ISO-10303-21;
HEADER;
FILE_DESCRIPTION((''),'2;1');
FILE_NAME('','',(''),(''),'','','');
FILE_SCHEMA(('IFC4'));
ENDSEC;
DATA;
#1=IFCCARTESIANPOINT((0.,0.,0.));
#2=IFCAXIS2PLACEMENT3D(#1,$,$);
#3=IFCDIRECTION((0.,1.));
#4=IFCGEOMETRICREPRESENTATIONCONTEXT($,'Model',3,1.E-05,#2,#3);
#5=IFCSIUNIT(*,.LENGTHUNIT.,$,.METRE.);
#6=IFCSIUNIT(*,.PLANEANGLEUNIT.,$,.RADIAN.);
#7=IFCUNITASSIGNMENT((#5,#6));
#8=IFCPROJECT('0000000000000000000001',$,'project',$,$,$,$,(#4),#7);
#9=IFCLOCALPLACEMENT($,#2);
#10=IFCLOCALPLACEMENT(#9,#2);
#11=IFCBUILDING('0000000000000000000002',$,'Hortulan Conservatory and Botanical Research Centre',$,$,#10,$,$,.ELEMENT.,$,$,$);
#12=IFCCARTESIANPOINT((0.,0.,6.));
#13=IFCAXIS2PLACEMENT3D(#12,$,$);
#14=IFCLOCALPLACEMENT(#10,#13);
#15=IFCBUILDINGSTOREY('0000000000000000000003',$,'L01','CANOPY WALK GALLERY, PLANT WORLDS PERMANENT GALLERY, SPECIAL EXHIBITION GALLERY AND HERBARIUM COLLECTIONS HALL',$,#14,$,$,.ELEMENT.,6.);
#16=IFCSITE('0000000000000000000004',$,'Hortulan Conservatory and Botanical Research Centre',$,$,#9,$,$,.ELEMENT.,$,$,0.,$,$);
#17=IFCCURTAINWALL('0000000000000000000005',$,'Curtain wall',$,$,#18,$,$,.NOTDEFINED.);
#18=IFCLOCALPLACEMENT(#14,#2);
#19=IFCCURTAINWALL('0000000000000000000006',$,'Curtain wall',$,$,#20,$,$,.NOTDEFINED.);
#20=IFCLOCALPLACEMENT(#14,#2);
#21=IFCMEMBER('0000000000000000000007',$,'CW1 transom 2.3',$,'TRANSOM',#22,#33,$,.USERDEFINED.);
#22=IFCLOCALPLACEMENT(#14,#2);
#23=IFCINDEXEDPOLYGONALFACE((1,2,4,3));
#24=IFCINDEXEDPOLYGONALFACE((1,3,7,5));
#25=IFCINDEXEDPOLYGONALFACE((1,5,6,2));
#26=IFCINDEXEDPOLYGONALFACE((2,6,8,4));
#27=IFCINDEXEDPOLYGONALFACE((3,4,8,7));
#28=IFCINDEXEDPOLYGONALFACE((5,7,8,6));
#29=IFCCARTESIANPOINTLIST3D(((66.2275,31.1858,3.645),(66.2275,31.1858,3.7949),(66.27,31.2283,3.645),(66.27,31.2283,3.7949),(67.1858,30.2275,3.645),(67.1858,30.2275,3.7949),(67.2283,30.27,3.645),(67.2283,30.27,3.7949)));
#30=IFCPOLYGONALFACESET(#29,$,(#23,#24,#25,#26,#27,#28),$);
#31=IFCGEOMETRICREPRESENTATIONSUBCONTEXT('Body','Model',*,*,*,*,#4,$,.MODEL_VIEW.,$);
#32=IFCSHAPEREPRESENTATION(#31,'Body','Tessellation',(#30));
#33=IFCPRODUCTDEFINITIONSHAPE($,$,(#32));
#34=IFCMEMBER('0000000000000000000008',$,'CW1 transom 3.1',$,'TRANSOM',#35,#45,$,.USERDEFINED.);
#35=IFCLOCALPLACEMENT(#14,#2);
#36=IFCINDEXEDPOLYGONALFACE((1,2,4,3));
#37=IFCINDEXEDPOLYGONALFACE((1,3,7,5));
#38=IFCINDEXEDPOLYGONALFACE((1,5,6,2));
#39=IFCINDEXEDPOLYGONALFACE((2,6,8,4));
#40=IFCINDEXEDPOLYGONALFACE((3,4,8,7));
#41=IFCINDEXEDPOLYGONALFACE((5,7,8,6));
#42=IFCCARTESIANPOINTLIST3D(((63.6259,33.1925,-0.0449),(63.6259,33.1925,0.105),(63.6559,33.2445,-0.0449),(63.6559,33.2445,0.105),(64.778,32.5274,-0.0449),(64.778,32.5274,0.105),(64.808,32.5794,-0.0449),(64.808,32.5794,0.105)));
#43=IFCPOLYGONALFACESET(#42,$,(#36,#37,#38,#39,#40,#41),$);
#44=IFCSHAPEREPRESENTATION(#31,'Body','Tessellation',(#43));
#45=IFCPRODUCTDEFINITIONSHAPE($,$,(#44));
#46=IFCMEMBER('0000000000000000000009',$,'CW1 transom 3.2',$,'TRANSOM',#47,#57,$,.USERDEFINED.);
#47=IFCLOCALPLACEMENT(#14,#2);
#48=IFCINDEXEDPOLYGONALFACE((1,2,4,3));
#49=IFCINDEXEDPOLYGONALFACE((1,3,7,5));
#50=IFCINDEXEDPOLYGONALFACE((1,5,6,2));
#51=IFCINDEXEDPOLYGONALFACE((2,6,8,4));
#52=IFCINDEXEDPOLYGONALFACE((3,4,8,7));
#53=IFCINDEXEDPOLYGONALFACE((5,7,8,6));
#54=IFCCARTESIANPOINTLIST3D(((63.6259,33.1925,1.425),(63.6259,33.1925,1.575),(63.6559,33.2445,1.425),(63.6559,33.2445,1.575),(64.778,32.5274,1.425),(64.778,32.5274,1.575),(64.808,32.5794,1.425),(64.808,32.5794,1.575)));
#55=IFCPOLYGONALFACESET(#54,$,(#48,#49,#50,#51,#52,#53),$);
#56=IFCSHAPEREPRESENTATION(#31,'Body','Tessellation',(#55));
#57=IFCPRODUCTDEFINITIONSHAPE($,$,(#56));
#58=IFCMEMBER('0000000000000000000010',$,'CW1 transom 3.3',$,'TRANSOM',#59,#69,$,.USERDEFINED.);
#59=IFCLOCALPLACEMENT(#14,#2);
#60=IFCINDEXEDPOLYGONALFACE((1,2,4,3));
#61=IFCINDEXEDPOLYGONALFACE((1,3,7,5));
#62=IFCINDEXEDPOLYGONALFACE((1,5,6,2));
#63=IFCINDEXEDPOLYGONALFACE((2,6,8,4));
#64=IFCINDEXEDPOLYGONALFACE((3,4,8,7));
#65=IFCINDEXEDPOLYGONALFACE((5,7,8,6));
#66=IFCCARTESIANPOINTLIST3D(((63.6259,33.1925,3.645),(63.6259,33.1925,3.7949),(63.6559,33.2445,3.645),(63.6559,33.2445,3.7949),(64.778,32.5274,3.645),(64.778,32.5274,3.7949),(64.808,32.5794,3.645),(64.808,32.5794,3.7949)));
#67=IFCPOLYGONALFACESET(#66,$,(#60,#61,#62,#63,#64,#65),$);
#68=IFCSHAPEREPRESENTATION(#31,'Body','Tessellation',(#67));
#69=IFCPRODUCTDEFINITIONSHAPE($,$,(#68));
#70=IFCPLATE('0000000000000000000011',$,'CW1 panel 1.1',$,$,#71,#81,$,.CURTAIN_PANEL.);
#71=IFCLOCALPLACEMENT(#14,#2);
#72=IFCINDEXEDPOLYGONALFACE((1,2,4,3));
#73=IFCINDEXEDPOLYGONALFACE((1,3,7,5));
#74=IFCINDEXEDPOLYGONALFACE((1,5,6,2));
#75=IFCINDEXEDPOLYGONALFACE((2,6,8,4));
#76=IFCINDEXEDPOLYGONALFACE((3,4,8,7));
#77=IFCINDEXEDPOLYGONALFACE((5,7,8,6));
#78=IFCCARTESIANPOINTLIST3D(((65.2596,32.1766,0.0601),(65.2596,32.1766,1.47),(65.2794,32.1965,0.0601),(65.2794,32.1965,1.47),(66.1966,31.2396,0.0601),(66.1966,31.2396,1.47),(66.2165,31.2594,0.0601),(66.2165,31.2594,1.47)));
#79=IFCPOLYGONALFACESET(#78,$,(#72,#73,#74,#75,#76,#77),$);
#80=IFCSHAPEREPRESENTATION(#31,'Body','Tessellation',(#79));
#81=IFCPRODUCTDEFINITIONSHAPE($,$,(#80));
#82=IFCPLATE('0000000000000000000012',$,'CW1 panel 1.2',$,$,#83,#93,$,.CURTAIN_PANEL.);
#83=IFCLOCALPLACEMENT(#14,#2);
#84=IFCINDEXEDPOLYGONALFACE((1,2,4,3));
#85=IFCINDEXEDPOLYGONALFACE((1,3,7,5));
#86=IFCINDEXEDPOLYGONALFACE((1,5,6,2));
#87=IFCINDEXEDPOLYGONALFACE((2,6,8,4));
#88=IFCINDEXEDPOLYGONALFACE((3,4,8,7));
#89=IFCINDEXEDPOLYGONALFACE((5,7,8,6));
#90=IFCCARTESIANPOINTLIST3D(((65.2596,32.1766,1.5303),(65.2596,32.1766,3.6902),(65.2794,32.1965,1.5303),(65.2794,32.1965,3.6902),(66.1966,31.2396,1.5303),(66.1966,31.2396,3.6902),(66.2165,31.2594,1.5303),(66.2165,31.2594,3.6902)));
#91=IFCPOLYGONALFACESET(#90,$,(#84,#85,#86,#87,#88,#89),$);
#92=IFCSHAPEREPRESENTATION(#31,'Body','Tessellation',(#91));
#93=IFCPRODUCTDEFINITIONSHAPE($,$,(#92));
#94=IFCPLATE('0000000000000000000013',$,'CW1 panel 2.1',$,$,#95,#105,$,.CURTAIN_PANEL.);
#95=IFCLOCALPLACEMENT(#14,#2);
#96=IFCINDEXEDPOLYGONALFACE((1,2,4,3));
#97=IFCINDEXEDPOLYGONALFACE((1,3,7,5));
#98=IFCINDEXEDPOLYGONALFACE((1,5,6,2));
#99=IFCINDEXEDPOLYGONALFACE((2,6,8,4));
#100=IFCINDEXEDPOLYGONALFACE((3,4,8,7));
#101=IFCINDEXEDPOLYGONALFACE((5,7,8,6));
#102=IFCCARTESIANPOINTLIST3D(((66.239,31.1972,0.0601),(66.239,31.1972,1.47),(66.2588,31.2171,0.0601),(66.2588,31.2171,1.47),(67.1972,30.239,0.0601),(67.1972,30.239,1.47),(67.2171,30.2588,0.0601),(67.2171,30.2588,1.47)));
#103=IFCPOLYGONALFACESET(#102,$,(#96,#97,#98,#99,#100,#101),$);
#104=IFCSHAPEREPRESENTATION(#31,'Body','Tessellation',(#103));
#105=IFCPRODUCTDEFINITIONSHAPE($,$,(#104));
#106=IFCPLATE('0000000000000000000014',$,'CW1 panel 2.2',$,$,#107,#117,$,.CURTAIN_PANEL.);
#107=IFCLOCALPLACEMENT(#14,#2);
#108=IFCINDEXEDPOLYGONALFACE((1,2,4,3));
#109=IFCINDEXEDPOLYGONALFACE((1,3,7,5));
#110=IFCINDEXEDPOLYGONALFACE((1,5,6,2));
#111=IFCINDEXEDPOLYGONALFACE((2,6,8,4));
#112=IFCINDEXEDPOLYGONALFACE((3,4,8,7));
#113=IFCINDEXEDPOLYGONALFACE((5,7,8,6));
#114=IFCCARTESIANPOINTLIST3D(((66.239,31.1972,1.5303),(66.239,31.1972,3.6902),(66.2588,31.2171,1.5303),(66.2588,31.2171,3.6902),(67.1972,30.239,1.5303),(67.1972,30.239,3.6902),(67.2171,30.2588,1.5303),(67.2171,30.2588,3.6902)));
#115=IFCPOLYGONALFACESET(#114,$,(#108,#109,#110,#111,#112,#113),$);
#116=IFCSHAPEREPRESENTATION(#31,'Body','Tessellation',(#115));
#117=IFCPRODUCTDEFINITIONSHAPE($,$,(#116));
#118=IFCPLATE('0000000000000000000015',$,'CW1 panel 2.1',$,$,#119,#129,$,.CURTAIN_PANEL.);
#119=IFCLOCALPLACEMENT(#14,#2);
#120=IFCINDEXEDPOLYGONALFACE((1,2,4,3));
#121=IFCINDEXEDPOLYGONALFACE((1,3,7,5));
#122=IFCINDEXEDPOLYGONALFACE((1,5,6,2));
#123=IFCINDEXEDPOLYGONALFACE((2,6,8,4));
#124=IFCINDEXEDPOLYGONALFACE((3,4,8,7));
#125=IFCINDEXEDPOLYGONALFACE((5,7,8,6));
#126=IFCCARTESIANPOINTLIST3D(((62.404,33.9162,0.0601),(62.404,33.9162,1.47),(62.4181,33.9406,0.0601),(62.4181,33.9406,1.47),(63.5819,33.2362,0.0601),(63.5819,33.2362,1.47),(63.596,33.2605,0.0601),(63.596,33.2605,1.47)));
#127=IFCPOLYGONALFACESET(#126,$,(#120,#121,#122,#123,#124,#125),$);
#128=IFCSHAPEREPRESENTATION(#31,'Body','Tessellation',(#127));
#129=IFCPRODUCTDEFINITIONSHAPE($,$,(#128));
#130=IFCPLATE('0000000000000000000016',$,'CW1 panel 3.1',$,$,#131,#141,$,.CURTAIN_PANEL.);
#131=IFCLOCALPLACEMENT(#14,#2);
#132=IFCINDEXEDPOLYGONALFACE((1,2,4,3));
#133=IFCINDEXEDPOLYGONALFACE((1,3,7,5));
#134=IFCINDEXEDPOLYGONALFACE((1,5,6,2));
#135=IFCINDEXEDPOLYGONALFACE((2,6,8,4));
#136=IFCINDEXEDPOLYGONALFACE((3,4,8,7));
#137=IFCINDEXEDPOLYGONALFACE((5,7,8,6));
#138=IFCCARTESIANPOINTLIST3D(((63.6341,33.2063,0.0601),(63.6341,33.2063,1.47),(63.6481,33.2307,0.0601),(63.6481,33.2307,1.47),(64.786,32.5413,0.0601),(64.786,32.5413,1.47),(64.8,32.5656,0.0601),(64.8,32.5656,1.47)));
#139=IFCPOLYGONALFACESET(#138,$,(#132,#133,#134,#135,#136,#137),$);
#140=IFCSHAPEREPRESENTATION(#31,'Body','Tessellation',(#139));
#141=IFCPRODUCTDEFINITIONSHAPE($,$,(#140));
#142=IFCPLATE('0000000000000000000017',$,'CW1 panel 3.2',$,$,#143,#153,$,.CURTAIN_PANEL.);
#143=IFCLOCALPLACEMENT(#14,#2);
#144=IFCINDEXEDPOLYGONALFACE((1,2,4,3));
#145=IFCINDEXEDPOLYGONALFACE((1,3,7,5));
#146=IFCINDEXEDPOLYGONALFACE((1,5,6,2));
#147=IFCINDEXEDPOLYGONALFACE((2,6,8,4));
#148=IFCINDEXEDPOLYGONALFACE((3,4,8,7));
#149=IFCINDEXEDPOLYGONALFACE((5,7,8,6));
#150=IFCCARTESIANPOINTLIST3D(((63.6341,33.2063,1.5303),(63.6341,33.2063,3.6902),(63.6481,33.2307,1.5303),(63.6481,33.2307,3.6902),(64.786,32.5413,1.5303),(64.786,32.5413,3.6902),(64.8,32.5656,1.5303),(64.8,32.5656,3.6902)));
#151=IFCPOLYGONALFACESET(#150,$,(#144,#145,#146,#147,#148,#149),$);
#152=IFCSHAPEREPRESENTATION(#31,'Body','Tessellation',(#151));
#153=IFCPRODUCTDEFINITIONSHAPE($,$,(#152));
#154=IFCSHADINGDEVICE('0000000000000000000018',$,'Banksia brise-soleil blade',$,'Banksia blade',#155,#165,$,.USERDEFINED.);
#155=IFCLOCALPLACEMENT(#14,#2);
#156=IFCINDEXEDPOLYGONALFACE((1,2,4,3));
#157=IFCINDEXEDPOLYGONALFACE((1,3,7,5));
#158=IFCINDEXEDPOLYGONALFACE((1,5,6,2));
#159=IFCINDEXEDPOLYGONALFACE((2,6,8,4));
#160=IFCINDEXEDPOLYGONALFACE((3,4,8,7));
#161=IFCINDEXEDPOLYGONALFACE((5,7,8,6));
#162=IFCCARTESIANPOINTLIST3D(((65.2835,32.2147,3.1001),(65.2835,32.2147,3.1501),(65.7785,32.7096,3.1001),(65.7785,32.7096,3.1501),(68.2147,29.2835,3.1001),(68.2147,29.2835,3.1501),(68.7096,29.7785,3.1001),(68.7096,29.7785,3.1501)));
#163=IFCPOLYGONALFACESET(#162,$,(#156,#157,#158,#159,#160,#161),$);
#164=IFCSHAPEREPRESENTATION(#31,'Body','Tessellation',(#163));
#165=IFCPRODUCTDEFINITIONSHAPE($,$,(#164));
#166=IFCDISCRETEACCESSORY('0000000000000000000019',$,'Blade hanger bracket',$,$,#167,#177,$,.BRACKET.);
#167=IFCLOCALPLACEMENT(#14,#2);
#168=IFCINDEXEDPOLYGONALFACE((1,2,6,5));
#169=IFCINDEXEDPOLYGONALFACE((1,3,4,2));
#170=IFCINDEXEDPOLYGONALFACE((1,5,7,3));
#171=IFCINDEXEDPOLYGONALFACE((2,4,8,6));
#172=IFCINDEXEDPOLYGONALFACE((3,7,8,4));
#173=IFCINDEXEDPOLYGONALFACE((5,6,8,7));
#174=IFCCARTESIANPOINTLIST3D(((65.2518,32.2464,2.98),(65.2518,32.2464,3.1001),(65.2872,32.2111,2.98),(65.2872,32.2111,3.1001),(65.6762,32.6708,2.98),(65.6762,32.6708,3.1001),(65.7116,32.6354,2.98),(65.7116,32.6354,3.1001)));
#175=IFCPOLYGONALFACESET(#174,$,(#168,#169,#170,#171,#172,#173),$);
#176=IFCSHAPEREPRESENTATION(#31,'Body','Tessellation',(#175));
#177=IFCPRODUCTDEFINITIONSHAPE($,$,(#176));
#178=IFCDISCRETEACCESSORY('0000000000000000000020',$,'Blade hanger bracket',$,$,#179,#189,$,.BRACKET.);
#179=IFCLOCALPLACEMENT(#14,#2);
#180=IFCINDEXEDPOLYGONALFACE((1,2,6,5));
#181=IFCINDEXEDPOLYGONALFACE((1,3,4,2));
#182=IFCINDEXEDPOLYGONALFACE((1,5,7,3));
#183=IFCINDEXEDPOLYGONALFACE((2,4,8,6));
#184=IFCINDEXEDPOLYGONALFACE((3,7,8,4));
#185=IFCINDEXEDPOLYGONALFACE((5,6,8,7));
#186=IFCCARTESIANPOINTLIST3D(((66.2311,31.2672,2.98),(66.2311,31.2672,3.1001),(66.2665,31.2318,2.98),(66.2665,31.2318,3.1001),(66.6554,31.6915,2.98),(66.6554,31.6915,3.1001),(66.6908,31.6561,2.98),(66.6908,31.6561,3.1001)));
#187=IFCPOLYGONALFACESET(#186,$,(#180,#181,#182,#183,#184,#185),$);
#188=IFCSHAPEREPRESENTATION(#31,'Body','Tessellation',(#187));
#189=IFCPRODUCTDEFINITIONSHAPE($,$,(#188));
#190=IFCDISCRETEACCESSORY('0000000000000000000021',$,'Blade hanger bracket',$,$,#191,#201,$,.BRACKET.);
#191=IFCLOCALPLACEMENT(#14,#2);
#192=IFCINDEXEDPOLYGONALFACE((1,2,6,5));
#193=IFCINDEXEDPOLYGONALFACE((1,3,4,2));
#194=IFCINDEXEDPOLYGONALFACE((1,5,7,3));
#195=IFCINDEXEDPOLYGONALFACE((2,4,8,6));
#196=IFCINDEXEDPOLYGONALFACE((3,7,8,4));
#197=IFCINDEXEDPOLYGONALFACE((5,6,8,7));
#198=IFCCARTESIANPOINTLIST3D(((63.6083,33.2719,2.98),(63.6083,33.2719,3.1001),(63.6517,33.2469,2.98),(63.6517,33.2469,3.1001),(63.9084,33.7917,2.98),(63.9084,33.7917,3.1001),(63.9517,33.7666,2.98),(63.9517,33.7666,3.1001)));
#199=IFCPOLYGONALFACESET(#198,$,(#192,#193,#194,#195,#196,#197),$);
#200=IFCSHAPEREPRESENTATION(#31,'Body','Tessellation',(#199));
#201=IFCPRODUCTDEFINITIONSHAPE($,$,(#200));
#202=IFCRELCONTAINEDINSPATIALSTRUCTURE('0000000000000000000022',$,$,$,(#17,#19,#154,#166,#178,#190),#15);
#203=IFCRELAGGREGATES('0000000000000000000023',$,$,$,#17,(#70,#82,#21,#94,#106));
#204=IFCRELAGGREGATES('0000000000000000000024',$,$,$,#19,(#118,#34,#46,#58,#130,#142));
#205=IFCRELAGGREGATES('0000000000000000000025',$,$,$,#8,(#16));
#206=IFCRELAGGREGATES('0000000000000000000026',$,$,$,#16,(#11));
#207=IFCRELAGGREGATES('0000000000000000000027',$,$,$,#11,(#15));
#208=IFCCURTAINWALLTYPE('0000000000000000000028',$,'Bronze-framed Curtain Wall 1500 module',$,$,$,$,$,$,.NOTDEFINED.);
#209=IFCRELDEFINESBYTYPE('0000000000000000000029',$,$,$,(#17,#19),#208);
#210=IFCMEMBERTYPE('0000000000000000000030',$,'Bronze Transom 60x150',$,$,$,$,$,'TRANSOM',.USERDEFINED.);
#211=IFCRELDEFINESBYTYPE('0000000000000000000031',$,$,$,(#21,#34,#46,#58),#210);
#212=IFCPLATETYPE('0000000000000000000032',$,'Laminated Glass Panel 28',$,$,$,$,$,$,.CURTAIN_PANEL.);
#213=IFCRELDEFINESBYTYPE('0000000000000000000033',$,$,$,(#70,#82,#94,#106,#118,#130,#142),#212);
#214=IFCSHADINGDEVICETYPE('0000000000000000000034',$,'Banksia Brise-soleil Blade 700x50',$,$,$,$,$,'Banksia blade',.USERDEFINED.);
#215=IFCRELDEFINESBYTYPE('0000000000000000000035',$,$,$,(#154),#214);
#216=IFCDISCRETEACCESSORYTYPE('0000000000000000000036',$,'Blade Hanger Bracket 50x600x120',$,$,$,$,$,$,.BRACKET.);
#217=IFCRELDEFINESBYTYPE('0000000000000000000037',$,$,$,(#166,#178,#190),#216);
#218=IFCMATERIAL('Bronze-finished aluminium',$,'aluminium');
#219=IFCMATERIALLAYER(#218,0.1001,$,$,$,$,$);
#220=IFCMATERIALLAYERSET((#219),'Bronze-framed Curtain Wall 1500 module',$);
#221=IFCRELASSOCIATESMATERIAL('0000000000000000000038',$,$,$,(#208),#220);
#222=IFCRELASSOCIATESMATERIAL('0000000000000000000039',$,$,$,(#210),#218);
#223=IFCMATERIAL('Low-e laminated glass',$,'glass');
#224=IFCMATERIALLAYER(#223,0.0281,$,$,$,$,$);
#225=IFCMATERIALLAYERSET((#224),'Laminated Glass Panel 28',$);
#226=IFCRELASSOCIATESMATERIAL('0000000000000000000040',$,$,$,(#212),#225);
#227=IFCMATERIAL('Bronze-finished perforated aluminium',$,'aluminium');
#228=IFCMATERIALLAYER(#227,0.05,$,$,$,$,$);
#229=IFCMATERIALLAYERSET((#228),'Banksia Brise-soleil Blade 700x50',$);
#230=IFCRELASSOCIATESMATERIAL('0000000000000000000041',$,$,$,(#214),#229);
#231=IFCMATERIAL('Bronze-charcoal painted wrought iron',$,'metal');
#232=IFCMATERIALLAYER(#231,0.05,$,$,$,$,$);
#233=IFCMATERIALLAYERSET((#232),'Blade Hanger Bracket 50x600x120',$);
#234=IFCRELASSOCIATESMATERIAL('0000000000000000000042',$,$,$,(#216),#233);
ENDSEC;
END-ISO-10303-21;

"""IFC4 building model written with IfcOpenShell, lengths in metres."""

from ifc_helpers import new_model, si_unit, direction, frame, origin, origin_2d, place, context, subcontext, project, spatial, rectangle, extrude, material, layer, layer_set, material_profile, profile_set, type_object, element, aggregate, save


model = new_model("IFC4")

# Units and contexts
model_context = context("Model", 3, precision=1e-05, world=origin(), true_north=direction((0.0, 1.0)))
body_context = subcontext(model_context, "Body", "Model", "MODEL_VIEW")
ifc_project = project(units=[si_unit("LENGTHUNIT", "METRE"), si_unit("PLANEANGLEUNIT", "RADIAN")], contexts=[model_context])

# Site, building, storey
site_placement = place(None, origin())
site = spatial("IfcSite", under=ifc_project, at=site_placement, Name="Hortulan Conservatory and Botanical Research Centre", CompositionType="ELEMENT", RefElevation=0.0)
building_placement = place(site_placement, origin())
building = spatial("IfcBuilding", under=site, at=building_placement, Name="Hortulan Conservatory and Botanical Research Centre", CompositionType="ELEMENT")
storey_placement = place(building_placement, frame((0.0, 0.0, 6.0)))
storey = spatial("IfcBuildingStorey", under=building, at=storey_placement, Name="L01", Description="CANOPY WALK GALLERY, PLANT WORLDS PERMANENT GALLERY, SPECIAL EXHIBITION GALLERY AND HERBARIUM COLLECTIONS HALL", CompositionType="ELEMENT", Elevation=6.0)

# Curtain walls
ifc_material_1 = material(Name="Bronze-finished aluminium", Category="aluminium")
ifc_layer_1 = layer(ifc_material_1, 0.1001)
ifc_layer_set_1 = layer_set([ifc_layer_1], Name="Bronze-framed Curtain Wall 1500 module")
curtain_wall_type = type_object("IfcCurtainWallType", Name="Bronze-framed Curtain Wall 1500 module", PredefinedType="NOTDEFINED", material=ifc_layer_set_1)
curtain_wall_1_placement = place(storey_placement, origin())
curtain_wall_1 = element("IfcCurtainWall", 1, at=curtain_wall_1_placement, inside=storey, type_object=curtain_wall_type, Name="Curtain wall", PredefinedType="NOTDEFINED")
curtain_wall_2_placement = place(storey_placement, origin())
curtain_wall_2 = element("IfcCurtainWall", 2, at=curtain_wall_2_placement, inside=storey, type_object=curtain_wall_type, Name="Curtain wall", PredefinedType="NOTDEFINED")

# Members
ifc_material_profile_1 = material_profile(ifc_material_1, rectangle(XDim=0.0601, YDim=0.1499, at=origin_2d()), Name="Bronze Transom 60x150")
ifc_profile_set_1 = profile_set([ifc_material_profile_1], Name="Bronze-finished aluminium")
member_type_1 = type_object("IfcMemberType", Name="Bronze Transom 60x150", ElementType="TRANSOM", PredefinedType="USERDEFINED", material=ifc_profile_set_1)
member_1_placement = place(storey_placement, frame((66.2488, 31.207, 3.72), z_axis=(0.707107, -0.707107, 0.0), x_axis=(0.707107, 0.707107, 0.0)))
member_1 = element("IfcMember", 3, at=member_1_placement, type_object=member_type_1, Name="CW1 transom 2.3", ObjectType="TRANSOM", PredefinedType="USERDEFINED", context=body_context, shape_type="SweptSolid", body=[
    extrude(rectangle(XDim=0.0601, YDim=0.1499, at=origin_2d()), origin(), (0.0, 0.0, 1.0), 1.3552),
])
member_2_placement = place(storey_placement, frame((63.6409, 33.2185, 0.03), z_axis=(0.866066, -0.499929, 0.0), x_axis=(0.499929, 0.866066, 0.0)))
member_2 = element("IfcMember", 4, at=member_2_placement, type_object=member_type_1, Name="CW1 transom 3.1", ObjectType="TRANSOM", PredefinedType="USERDEFINED", context=body_context, shape_type="SweptSolid", body=[
    extrude(rectangle(XDim=0.0601, YDim=0.1499, at=origin_2d()), origin(), (0.0, 0.0, 1.0), 1.3303),
])
member_3_placement = place(storey_placement, frame((63.6409, 33.2185, 1.5), z_axis=(0.866066, -0.499929, 0.0), x_axis=(0.499929, 0.866066, 0.0)))
member_3 = element("IfcMember", 5, at=member_3_placement, type_object=member_type_1, Name="CW1 transom 3.2", ObjectType="TRANSOM", PredefinedType="USERDEFINED", context=body_context, shape_type="SweptSolid", body=[
    extrude(rectangle(XDim=0.0601, YDim=0.1499, at=origin_2d()), origin(), (0.0, 0.0, 1.0), 1.3303),
])
member_4_placement = place(storey_placement, frame((63.6409, 33.2185, 3.72), z_axis=(0.866066, -0.499929, 0.0), x_axis=(0.499929, 0.866066, 0.0)))
member_4 = element("IfcMember", 6, at=member_4_placement, type_object=member_type_1, Name="CW1 transom 3.3", ObjectType="TRANSOM", PredefinedType="USERDEFINED", context=body_context, shape_type="SweptSolid", body=[
    extrude(rectangle(XDim=0.0601, YDim=0.1499, at=origin_2d()), origin(), (0.0, 0.0, 1.0), 1.3303),
])

# Plates
ifc_material_2 = material(Name="Low-e laminated glass", Category="glass")
ifc_layer_2 = layer(ifc_material_2, 0.0281)
ifc_layer_set_2 = layer_set([ifc_layer_2], Name="Laminated Glass Panel 28")
plate_type = type_object("IfcPlateType", Name="Laminated Glass Panel 28", PredefinedType="CURTAIN_PANEL", material=ifc_layer_set_2)
plate_1_placement = place(storey_placement, frame((65.738, 31.718, 0.0601), z_axis=(0.0, 0.0, 1.0), x_axis=(0.707107, -0.707107, 0.0)))
plate_1 = element("IfcPlate", 7, at=plate_1_placement, type_object=plate_type, Name="CW1 panel 1.1", PredefinedType="CURTAIN_PANEL", context=body_context, shape_type="SweptSolid", body=[
    extrude(rectangle(XDim=1.3252, YDim=0.0281, at=origin_2d()), origin(), (0.0, 0.0, 1.0), 1.4099),
])
plate_2_placement = place(storey_placement, frame((65.738, 31.718, 1.5303), z_axis=(0.0, 0.0, 1.0), x_axis=(0.707107, -0.707107, 0.0)))
plate_2 = element("IfcPlate", 8, at=plate_2_placement, type_object=plate_type, Name="CW1 panel 1.2", PredefinedType="CURTAIN_PANEL", context=body_context, shape_type="SweptSolid", body=[
    extrude(rectangle(XDim=1.3252, YDim=0.0281, at=origin_2d()), origin(), (0.0, 0.0, 1.0), 2.1599),
])
plate_3_placement = place(storey_placement, frame((66.728, 30.728, 0.0601), z_axis=(0.0, 0.0, 1.0), x_axis=(0.707107, -0.707107, 0.0)))
plate_3 = element("IfcPlate", 9, at=plate_3_placement, type_object=plate_type, Name="CW1 panel 2.1", PredefinedType="CURTAIN_PANEL", context=body_context, shape_type="SweptSolid", body=[
    extrude(rectangle(XDim=1.3552, YDim=0.0281, at=origin_2d()), origin(), (0.0, 0.0, 1.0), 1.4099),
])
plate_4_placement = place(storey_placement, frame((66.728, 30.728, 1.5303), z_axis=(0.0, 0.0, 1.0), x_axis=(0.707107, -0.707107, 0.0)))
plate_4 = element("IfcPlate", 10, at=plate_4_placement, type_object=plate_type, Name="CW1 panel 2.2", PredefinedType="CURTAIN_PANEL", context=body_context, shape_type="SweptSolid", body=[
    extrude(rectangle(XDim=1.3552, YDim=0.0281, at=origin_2d()), origin(), (0.0, 0.0, 1.0), 2.1599),
])
aggregate(curtain_wall_1, [plate_1, plate_2, member_1, plate_3, plate_4])
plate_5_placement = place(storey_placement, frame((63.0, 33.5884, 0.0601), z_axis=(0.0, 0.0, 1.0), x_axis=(0.866036, -0.499981, 0.0)))
plate_5 = element("IfcPlate", 11, at=plate_5_placement, type_object=plate_type, Name="CW1 panel 2.1", PredefinedType="CURTAIN_PANEL", context=body_context, shape_type="SweptSolid", body=[
    extrude(rectangle(XDim=1.3601, YDim=0.0281, at=origin_2d()), origin(), (0.0, 0.0, 1.0), 1.4099),
])
plate_6_placement = place(storey_placement, frame((64.217, 32.886, 0.0601), z_axis=(0.0, 0.0, 1.0), x_axis=(0.866036, -0.499981, 0.0)))
plate_6 = element("IfcPlate", 12, at=plate_6_placement, type_object=plate_type, Name="CW1 panel 3.1", PredefinedType="CURTAIN_PANEL", context=body_context, shape_type="SweptSolid", body=[
    extrude(rectangle(XDim=1.3301, YDim=0.0281, at=origin_2d()), origin(), (0.0, 0.0, 1.0), 1.4099),
])
plate_7_placement = place(storey_placement, frame((64.217, 32.886, 1.5303), z_axis=(0.0, 0.0, 1.0), x_axis=(0.866036, -0.499981, 0.0)))
plate_7 = element("IfcPlate", 13, at=plate_7_placement, type_object=plate_type, Name="CW1 panel 3.2", PredefinedType="CURTAIN_PANEL", context=body_context, shape_type="SweptSolid", body=[
    extrude(rectangle(XDim=1.3301, YDim=0.0281, at=origin_2d()), origin(), (0.0, 0.0, 1.0), 2.1599),
])
aggregate(curtain_wall_2, [plate_5, member_2, member_3, member_4, plate_6, plate_7])

# Shading device
ifc_material_3 = material(Name="Bronze-finished perforated aluminium", Category="aluminium")
ifc_layer_3 = layer(ifc_material_3, 0.05)
ifc_layer_set_3 = layer_set([ifc_layer_3], Name="Banksia Brise-soleil Blade 700x50")
shading_device_type = type_object("IfcShadingDeviceType", Name="Banksia Brise-soleil Blade 700x50", ElementType="Banksia blade", PredefinedType="USERDEFINED", material=ifc_layer_set_3)
shading_device_placement = place(storey_placement, frame((66.9966, 30.9966, 3.1001), z_axis=(0.0, 0.0, 1.0), x_axis=(0.707107, -0.707107, 0.0)))
element("IfcShadingDevice", 14, at=shading_device_placement, inside=storey, type_object=shading_device_type, Name="Banksia brise-soleil blade", ObjectType="Banksia blade", PredefinedType="USERDEFINED", context=body_context, shape_type="SweptSolid", body=[
    extrude(rectangle(XDim=4.1453, YDim=0.7, at=origin_2d()), origin(), (0.0, 0.0, 1.0), 0.05),
])

# Discrete accessories
ifc_material_4 = material(Name="Bronze-charcoal painted wrought iron", Category="metal")
ifc_layer_4 = layer(ifc_material_4, 0.05)
ifc_layer_set_4 = layer_set([ifc_layer_4], Name="Blade Hanger Bracket 50x600x120")
discrete_accessory_type = type_object("IfcDiscreteAccessoryType", Name="Blade Hanger Bracket 50x600x120", PredefinedType="BRACKET", material=ifc_layer_set_4)
for number, where, z_axis, x_axis, name in (
    (15, (65.4817, 32.4409, 2.98), (0.0, 0.0, 1.0), (0.707107, -0.707107, 0.0), "Blade hanger bracket"),
    (16, (66.4609, 31.4617, 2.98), (0.0, 0.0, 1.0), (0.707107, -0.707107, 0.0), "Blade hanger bracket"),
    (17, (63.78, 33.5193, 2.98), (0.0, 0.0, 1.0), (0.866036, -0.499982, 0.0), "Blade hanger bracket"),
):
    element("IfcDiscreteAccessory", number, at=place(storey_placement, frame(where, z_axis=z_axis, x_axis=x_axis)), inside=storey, type_object=discrete_accessory_type, Name=name, PredefinedType="BRACKET", context=body_context, shape_type="SweptSolid", body=[
        extrude(rectangle(XDim=0.05, YDim=0.6001, at=origin_2d()), origin(), (0.0, 0.0, 1.0), 0.1201),
    ])

save(model, "model.ifc")
